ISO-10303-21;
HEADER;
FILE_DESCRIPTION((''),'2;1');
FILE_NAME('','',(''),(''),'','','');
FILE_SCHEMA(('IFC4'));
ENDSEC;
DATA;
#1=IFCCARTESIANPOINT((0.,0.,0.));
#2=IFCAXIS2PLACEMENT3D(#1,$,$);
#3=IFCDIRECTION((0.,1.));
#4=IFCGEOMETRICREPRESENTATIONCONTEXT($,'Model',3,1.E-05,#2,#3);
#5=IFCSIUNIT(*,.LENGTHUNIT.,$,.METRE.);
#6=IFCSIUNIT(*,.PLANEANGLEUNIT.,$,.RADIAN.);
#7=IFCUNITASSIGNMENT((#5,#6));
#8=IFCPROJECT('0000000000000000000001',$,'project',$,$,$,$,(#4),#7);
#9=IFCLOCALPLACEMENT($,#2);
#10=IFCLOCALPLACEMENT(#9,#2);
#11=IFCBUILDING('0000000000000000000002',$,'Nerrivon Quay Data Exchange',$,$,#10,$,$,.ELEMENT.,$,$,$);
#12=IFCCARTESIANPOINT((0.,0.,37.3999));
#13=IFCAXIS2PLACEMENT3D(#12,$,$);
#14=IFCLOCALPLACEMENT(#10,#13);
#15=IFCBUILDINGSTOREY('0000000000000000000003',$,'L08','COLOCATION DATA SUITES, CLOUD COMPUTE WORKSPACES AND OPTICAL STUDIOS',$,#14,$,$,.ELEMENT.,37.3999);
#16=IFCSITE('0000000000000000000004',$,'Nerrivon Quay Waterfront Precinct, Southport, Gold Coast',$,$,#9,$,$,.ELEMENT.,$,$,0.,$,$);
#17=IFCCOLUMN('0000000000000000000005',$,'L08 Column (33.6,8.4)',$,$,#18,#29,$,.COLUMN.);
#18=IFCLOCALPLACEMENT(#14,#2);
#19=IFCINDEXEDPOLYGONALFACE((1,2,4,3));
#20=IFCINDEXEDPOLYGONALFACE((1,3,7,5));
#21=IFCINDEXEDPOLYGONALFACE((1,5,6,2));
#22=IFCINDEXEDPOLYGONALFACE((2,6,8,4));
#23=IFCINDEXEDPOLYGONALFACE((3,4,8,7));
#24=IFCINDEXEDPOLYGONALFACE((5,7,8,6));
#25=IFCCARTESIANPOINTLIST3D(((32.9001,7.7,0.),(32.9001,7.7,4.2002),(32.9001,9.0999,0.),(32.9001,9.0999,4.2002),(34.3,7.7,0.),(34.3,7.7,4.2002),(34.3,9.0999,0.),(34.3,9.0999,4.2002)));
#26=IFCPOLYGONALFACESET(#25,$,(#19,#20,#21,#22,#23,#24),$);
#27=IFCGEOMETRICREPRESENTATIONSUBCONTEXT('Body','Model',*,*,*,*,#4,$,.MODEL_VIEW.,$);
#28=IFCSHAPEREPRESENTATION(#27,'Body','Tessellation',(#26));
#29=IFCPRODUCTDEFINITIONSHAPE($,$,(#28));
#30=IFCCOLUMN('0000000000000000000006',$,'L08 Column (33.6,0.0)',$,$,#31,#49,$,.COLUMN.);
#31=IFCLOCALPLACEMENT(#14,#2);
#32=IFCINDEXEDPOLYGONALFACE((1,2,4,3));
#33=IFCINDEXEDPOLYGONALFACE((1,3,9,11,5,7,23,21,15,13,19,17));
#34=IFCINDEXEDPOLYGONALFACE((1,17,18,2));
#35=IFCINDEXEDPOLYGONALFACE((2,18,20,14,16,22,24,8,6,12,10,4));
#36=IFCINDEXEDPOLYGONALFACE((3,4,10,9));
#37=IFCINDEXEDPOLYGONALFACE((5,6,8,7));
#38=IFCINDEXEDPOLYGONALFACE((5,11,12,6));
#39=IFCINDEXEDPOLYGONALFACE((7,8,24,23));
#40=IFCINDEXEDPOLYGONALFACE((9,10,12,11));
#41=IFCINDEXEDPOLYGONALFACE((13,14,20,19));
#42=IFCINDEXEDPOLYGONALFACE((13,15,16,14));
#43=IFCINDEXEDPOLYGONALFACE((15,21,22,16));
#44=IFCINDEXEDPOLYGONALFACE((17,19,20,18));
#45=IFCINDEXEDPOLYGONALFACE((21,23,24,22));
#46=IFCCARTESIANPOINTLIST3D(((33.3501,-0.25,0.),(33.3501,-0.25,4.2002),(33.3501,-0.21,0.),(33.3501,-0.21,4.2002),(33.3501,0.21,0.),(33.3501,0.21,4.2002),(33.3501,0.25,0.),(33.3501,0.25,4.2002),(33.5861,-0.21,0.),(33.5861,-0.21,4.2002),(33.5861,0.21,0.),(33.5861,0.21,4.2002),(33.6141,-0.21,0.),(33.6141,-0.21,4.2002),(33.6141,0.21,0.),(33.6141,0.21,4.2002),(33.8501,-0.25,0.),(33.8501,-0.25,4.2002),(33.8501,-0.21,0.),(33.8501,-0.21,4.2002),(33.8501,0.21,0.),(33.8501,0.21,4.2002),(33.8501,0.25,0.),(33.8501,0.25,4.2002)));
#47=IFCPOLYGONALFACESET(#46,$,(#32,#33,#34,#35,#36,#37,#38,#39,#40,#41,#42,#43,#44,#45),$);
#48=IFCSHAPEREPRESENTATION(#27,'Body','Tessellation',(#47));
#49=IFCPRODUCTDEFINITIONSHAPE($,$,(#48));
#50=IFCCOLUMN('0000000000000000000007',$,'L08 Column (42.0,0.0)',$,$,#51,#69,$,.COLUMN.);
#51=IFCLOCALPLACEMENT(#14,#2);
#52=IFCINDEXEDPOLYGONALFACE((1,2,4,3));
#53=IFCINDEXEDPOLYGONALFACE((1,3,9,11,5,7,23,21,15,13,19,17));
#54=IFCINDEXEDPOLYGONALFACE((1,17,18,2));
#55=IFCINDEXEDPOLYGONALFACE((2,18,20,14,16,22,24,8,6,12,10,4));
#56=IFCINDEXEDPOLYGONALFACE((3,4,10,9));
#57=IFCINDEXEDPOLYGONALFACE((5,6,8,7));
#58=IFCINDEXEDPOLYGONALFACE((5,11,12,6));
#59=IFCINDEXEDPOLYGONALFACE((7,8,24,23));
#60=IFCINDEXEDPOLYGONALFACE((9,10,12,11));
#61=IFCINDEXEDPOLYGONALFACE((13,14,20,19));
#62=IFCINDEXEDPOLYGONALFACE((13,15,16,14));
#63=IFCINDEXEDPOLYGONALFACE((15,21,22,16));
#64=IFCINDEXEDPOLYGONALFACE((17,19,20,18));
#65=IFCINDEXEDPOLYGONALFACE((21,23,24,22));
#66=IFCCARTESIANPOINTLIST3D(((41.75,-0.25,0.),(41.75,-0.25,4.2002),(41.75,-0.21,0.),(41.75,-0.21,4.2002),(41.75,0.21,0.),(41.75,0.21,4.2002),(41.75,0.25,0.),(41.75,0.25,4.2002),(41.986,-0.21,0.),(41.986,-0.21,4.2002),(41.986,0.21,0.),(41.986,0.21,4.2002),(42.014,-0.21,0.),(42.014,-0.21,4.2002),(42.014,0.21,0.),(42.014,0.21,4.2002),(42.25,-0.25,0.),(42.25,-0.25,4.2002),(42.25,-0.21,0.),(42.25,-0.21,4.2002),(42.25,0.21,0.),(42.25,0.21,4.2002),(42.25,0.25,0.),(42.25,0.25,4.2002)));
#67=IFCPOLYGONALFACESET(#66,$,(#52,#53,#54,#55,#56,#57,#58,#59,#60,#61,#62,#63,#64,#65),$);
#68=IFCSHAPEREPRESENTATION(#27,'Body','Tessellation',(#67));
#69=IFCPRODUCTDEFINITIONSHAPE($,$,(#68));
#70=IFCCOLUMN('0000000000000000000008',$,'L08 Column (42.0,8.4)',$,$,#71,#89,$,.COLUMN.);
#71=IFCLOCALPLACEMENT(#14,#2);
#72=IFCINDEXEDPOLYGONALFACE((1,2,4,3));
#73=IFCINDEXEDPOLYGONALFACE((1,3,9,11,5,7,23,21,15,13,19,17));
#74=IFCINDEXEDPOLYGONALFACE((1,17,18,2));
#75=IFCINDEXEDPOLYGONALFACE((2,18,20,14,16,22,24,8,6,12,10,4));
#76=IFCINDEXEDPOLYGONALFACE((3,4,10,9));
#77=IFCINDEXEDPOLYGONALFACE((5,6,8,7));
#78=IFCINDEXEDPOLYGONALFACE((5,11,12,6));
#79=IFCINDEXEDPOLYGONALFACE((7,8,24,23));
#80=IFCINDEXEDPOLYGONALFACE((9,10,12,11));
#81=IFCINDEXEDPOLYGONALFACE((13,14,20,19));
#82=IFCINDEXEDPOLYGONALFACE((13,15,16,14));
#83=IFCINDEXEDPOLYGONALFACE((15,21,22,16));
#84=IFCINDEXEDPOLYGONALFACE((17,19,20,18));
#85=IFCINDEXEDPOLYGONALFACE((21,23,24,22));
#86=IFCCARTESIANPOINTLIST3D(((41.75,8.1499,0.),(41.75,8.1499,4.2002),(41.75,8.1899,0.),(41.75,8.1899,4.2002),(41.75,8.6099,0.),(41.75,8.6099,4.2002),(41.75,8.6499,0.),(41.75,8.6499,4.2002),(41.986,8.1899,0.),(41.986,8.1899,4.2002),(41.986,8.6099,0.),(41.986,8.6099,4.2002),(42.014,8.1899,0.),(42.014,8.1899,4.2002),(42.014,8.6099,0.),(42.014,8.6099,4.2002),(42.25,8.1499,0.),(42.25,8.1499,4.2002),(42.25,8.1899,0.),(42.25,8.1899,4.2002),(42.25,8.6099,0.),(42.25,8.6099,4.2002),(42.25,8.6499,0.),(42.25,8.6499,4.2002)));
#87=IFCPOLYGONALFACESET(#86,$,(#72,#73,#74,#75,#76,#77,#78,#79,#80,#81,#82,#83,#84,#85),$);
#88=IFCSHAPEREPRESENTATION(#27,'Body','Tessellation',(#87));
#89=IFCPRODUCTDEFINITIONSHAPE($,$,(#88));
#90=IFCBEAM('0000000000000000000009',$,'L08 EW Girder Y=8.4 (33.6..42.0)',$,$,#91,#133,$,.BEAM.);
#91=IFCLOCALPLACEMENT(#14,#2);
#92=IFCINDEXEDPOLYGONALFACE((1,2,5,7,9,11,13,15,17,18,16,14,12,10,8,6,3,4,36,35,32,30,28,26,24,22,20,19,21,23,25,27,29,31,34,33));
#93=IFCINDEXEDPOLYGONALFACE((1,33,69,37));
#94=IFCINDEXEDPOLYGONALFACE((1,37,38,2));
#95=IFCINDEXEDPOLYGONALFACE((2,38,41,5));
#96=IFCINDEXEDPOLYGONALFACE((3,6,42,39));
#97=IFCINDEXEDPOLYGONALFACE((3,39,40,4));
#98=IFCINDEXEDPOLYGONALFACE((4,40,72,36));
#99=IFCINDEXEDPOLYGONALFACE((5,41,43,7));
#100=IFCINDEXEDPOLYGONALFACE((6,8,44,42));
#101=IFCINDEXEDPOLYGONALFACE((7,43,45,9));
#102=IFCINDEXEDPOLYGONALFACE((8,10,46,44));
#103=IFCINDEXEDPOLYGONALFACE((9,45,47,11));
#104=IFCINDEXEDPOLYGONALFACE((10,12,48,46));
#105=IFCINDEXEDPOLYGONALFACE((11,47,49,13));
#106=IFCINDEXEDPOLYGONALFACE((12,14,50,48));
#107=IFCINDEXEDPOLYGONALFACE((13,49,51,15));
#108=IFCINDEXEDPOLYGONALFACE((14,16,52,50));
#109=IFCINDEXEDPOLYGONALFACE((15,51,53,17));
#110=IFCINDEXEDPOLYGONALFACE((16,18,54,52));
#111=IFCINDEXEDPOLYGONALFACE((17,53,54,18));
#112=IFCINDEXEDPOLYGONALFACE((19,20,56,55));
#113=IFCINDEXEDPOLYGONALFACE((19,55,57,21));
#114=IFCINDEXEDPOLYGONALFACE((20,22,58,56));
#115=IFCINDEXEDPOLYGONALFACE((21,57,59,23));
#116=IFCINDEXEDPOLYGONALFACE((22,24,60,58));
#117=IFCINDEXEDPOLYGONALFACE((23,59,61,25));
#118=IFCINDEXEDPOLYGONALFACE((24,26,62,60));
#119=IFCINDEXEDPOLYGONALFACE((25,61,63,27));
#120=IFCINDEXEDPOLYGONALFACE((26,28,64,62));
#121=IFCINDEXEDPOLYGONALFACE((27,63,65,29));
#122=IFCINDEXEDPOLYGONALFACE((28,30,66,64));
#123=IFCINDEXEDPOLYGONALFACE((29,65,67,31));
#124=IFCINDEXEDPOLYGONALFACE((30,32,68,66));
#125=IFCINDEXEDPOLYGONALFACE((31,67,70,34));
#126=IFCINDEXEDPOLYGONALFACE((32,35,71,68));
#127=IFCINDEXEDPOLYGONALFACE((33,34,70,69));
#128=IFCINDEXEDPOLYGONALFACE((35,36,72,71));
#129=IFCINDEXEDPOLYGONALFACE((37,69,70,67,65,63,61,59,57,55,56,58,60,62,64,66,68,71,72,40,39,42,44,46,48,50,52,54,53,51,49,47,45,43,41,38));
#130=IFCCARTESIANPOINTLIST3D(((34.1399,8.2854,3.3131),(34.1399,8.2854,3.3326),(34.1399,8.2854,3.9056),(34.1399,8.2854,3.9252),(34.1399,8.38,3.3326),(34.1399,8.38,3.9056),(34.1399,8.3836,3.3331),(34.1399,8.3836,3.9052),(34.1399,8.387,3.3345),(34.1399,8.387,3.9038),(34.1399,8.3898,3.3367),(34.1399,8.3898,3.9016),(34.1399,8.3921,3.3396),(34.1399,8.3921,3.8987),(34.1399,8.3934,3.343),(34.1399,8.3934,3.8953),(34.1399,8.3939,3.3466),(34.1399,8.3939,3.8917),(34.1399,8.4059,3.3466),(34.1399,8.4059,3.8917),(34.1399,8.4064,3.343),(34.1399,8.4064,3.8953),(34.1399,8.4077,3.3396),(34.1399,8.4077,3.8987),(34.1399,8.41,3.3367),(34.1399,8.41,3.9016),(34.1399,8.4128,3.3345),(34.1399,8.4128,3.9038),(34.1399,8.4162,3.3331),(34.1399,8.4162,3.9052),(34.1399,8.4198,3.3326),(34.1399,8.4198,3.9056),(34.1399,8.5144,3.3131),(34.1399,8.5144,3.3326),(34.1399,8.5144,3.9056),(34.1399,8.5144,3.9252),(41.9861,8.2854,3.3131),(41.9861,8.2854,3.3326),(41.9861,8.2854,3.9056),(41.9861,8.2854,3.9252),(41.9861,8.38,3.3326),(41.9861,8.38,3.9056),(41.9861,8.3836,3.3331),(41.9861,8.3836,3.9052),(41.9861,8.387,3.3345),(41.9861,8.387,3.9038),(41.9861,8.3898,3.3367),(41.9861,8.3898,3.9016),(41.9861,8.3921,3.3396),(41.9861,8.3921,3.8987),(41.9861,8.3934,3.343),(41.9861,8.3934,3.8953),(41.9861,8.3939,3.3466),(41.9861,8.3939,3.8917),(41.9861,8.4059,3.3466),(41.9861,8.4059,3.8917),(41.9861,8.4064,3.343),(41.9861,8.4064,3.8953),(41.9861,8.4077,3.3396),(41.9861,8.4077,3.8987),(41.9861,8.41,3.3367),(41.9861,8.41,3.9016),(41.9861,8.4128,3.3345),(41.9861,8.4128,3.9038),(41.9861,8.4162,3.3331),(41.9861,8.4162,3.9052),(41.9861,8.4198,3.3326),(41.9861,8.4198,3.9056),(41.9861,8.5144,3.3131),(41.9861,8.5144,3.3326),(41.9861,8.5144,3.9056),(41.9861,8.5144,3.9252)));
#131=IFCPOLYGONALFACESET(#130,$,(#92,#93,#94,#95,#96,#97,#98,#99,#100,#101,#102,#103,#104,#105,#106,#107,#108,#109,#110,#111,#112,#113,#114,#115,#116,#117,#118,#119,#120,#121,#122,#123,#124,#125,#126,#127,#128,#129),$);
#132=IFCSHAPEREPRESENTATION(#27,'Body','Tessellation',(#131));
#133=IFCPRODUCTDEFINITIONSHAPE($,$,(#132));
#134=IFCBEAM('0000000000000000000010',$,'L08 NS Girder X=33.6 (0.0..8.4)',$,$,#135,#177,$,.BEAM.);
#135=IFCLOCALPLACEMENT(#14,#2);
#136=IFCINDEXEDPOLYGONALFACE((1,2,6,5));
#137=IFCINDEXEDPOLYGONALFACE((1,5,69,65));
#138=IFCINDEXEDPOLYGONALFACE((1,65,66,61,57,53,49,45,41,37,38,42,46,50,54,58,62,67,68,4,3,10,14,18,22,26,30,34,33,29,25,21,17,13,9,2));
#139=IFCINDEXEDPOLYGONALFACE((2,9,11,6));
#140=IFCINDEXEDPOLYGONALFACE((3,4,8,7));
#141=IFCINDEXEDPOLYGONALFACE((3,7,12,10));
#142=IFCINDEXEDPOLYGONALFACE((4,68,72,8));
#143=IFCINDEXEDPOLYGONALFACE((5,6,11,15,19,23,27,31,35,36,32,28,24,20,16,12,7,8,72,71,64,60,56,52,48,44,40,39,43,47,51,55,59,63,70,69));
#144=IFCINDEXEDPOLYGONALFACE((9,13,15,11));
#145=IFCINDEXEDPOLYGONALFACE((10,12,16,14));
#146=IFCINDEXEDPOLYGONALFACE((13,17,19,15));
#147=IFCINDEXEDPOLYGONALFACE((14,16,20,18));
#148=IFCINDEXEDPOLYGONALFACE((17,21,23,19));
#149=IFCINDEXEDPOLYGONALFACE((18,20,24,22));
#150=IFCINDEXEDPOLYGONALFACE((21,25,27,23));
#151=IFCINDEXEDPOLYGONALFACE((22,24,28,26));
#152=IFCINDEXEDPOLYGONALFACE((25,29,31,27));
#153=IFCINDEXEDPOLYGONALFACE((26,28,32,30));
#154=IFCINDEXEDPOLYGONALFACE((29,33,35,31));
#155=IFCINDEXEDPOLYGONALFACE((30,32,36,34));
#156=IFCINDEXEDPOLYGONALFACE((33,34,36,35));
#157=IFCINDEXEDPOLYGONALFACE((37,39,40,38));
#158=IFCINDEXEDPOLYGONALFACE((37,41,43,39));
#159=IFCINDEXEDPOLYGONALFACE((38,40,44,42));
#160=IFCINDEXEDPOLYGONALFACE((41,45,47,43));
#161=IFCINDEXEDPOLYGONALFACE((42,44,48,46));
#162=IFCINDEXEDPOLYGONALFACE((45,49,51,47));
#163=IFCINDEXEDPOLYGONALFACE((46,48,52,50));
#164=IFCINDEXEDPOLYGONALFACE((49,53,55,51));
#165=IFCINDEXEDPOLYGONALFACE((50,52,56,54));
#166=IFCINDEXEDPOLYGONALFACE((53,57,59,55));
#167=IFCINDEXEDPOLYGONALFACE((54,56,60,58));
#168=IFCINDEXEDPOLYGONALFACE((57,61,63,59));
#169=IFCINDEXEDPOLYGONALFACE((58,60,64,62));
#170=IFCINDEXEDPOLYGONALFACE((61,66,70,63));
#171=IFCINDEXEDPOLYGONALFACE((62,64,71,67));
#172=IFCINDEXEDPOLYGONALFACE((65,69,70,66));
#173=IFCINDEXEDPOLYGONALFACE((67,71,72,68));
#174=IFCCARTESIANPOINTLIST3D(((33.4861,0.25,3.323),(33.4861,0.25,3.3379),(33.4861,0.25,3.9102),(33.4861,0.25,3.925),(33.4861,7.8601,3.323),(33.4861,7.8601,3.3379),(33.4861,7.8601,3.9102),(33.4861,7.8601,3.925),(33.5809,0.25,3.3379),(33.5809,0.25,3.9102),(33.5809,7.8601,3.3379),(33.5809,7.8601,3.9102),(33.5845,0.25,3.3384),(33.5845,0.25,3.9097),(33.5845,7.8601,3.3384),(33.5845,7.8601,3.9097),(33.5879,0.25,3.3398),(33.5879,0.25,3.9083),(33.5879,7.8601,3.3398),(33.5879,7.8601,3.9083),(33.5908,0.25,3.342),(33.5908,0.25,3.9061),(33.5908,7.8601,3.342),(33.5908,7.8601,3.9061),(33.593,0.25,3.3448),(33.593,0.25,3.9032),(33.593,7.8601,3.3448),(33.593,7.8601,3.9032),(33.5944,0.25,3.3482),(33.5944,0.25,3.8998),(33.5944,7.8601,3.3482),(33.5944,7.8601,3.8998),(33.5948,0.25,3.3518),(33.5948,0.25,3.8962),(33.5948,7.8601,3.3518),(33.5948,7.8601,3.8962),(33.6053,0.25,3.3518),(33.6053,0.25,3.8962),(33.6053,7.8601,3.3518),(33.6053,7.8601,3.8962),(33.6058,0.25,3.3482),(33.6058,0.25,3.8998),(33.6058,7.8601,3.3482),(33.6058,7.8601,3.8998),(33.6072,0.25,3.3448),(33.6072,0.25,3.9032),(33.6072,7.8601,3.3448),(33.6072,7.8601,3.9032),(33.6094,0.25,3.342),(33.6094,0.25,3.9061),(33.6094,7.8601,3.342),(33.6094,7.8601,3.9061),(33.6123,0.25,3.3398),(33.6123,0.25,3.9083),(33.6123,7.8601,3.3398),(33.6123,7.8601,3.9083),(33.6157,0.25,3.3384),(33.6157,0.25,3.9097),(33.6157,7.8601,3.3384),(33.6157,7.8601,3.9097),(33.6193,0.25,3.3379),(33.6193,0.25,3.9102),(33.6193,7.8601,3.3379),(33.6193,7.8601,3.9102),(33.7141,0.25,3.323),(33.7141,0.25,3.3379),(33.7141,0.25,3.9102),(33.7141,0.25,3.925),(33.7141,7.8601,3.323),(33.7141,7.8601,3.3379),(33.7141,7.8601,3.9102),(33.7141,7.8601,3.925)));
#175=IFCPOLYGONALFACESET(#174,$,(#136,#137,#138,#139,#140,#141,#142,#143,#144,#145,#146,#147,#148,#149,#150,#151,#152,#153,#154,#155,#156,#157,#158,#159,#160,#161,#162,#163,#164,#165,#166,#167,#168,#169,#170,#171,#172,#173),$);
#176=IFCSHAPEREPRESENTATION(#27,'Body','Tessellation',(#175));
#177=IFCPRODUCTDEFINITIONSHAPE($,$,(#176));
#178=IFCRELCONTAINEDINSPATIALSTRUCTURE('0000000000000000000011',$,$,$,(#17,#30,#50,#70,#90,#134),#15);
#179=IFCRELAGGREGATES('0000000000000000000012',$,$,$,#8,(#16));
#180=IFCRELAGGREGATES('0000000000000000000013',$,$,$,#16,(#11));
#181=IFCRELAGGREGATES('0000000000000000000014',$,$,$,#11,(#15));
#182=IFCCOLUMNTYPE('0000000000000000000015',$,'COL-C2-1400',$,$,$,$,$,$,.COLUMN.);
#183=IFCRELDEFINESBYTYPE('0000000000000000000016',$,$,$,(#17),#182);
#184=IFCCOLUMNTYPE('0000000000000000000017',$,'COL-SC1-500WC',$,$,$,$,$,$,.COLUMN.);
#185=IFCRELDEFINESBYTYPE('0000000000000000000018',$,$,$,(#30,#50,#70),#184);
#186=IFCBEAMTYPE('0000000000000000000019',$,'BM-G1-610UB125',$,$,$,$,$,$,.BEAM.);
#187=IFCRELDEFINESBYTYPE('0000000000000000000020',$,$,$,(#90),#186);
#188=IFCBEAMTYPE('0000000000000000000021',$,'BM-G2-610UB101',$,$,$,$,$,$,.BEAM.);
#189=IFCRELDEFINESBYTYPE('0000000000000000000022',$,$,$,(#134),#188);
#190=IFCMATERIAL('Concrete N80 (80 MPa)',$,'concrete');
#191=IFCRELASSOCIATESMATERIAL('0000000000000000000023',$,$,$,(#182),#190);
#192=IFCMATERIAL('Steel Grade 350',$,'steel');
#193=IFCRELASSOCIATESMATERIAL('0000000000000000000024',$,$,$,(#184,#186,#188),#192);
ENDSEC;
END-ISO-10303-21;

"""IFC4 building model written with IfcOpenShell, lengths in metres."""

from ifc_helpers import new_model, si_unit, direction, frame, origin, origin_2d, place, context, subcontext, project, spatial, rectangle, i_section, extrude, material, material_profile, profile_set, type_object, element, save


model = new_model("IFC4")

# Units and contexts
model_context = context("Model", 3, precision=1e-05, world=origin(), true_north=direction((0.0, 1.0)))
body_context = subcontext(model_context, "Body", "Model", "MODEL_VIEW")
ifc_project = project(units=[si_unit("LENGTHUNIT", "METRE"), si_unit("PLANEANGLEUNIT", "RADIAN")], contexts=[model_context])

# Site, building, storey
site_placement = place(None, origin())
site = spatial("IfcSite", under=ifc_project, at=site_placement, Name="Nerrivon Quay Waterfront Precinct, Southport, Gold Coast", CompositionType="ELEMENT", RefElevation=0.0)
building_placement = place(site_placement, origin())
building = spatial("IfcBuilding", under=site, at=building_placement, Name="Nerrivon Quay Data Exchange", CompositionType="ELEMENT")
storey_placement = place(building_placement, frame((0.0, 0.0, 37.3999)))
storey = spatial("IfcBuildingStorey", under=building, at=storey_placement, Name="L08", Description="COLOCATION DATA SUITES, CLOUD COMPUTE WORKSPACES AND OPTICAL STUDIOS", CompositionType="ELEMENT", Elevation=37.3999)

# Columns
ifc_material_1 = material(Name="Concrete N80 (80 MPa)", Category="concrete")
ifc_material_profile_1 = material_profile(ifc_material_1, rectangle(XDim=1.3999, YDim=1.3999, at=origin_2d()), Name="RC-COL-1400x1400")
ifc_profile_set_1 = profile_set([ifc_material_profile_1], Name="Concrete N80 (80 MPa)")
column_type_1 = type_object("IfcColumnType", Name="COL-C2-1400", PredefinedType="COLUMN", material=ifc_profile_set_1)
column_placement = place(storey_placement, frame((33.6001, 8.3999, 0.0), z_axis=(0.0, 0.0, 1.0), x_axis=(1.0, 0.0, 0.0)))
element("IfcColumn", 1, at=column_placement, inside=storey, type_object=column_type_1, Name="L08 Column (33.6,8.4)", PredefinedType="COLUMN", context=body_context, shape_type="SweptSolid", body=[
    extrude(rectangle(XDim=1.3999, YDim=1.3999, at=origin_2d()), origin(), (0.0, 0.0, 1.0), 4.2002),
])
ifc_material_2 = material(Name="Steel Grade 350", Category="steel")
ifc_material_profile_2 = material_profile(ifc_material_2, i_section(OverallWidth=0.5, OverallDepth=0.5, WebThickness=0.0281, FlangeThickness=0.04, at=origin_2d()), Name="500WC440")
ifc_profile_set_2 = profile_set([ifc_material_profile_2], Name="Steel Grade 350")
column_type_2 = type_object("IfcColumnType", Name="COL-SC1-500WC", PredefinedType="COLUMN", material=ifc_profile_set_2)
for number, where, z_axis, x_axis, name in (
    (2, (33.6001, 0.0, 0.0), (0.0, 0.0, 1.0), (1.0, 0.0, 0.0), "L08 Column (33.6,0.0)"),
    (3, (42.0, 0.0, 0.0), (0.0, 0.0, 1.0), (1.0, 0.0, 0.0), "L08 Column (42.0,0.0)"),
    (4, (42.0, 8.3999, 0.0), (0.0, 0.0, 1.0), (1.0, 0.0, 0.0), "L08 Column (42.0,8.4)"),
):
    element("IfcColumn", number, at=place(storey_placement, frame(where, z_axis=z_axis, x_axis=x_axis)), inside=storey, type_object=column_type_2, Name=name, PredefinedType="COLUMN", context=body_context, shape_type="SweptSolid", body=[
        extrude(i_section(OverallWidth=0.5, OverallDepth=0.5, WebThickness=0.0281, FlangeThickness=0.04, at=origin_2d()), origin(), (0.0, 0.0, 1.0), 4.2002),
    ])

# Beams
ifc_material_profile_3 = material_profile(ifc_material_2, i_section(OverallWidth=0.229, OverallDepth=0.6121, WebThickness=0.012, FlangeThickness=0.0195, FilletRadius=0.0139, at=origin_2d()), Name="610UB125")
ifc_profile_set_3 = profile_set([ifc_material_profile_3], Name="Steel Grade 350")
beam_type_1 = type_object("IfcBeamType", Name="BM-G1-610UB125", PredefinedType="BEAM", material=ifc_profile_set_3)
beam_1_placement = place(storey_placement, frame((34.1399, 8.3999, 3.6191), z_axis=(1.0, 0.0, 0.0), x_axis=(0.0, 1.0, 0.0)))
element("IfcBeam", 5, at=beam_1_placement, inside=storey, type_object=beam_type_1, Name="L08 EW Girder Y=8.4 (33.6..42.0)", PredefinedType="BEAM", context=body_context, shape_type="SweptSolid", body=[
    extrude(i_section(OverallWidth=0.229, OverallDepth=0.6121, WebThickness=0.012, FlangeThickness=0.0195, FilletRadius=0.0139, at=origin_2d()), origin(), (0.0, 0.0, 1.0), 7.8462),
])
ifc_material_profile_4 = material_profile(ifc_material_2, i_section(OverallWidth=0.228, OverallDepth=0.6021, WebThickness=0.0105, FlangeThickness=0.0149, FilletRadius=0.0139, at=origin_2d()), Name="610UB101")
ifc_profile_set_4 = profile_set([ifc_material_profile_4], Name="Steel Grade 350")
beam_type_2 = type_object("IfcBeamType", Name="BM-G2-610UB101", PredefinedType="BEAM", material=ifc_profile_set_4)
beam_2_placement = place(storey_placement, frame((33.6001, 0.25, 3.624), z_axis=(0.0, 1.0, 0.0), x_axis=(-1.0, 0.0, 0.0)))
element("IfcBeam", 6, at=beam_2_placement, inside=storey, type_object=beam_type_2, Name="L08 NS Girder X=33.6 (0.0..8.4)", PredefinedType="BEAM", context=body_context, shape_type="SweptSolid", body=[
    extrude(i_section(OverallWidth=0.228, OverallDepth=0.6021, WebThickness=0.0105, FlangeThickness=0.0149, FilletRadius=0.0139, at=origin_2d()), origin(), (0.0, 0.0, 1.0), 7.6101),
])

save(model, "model.ifc")
